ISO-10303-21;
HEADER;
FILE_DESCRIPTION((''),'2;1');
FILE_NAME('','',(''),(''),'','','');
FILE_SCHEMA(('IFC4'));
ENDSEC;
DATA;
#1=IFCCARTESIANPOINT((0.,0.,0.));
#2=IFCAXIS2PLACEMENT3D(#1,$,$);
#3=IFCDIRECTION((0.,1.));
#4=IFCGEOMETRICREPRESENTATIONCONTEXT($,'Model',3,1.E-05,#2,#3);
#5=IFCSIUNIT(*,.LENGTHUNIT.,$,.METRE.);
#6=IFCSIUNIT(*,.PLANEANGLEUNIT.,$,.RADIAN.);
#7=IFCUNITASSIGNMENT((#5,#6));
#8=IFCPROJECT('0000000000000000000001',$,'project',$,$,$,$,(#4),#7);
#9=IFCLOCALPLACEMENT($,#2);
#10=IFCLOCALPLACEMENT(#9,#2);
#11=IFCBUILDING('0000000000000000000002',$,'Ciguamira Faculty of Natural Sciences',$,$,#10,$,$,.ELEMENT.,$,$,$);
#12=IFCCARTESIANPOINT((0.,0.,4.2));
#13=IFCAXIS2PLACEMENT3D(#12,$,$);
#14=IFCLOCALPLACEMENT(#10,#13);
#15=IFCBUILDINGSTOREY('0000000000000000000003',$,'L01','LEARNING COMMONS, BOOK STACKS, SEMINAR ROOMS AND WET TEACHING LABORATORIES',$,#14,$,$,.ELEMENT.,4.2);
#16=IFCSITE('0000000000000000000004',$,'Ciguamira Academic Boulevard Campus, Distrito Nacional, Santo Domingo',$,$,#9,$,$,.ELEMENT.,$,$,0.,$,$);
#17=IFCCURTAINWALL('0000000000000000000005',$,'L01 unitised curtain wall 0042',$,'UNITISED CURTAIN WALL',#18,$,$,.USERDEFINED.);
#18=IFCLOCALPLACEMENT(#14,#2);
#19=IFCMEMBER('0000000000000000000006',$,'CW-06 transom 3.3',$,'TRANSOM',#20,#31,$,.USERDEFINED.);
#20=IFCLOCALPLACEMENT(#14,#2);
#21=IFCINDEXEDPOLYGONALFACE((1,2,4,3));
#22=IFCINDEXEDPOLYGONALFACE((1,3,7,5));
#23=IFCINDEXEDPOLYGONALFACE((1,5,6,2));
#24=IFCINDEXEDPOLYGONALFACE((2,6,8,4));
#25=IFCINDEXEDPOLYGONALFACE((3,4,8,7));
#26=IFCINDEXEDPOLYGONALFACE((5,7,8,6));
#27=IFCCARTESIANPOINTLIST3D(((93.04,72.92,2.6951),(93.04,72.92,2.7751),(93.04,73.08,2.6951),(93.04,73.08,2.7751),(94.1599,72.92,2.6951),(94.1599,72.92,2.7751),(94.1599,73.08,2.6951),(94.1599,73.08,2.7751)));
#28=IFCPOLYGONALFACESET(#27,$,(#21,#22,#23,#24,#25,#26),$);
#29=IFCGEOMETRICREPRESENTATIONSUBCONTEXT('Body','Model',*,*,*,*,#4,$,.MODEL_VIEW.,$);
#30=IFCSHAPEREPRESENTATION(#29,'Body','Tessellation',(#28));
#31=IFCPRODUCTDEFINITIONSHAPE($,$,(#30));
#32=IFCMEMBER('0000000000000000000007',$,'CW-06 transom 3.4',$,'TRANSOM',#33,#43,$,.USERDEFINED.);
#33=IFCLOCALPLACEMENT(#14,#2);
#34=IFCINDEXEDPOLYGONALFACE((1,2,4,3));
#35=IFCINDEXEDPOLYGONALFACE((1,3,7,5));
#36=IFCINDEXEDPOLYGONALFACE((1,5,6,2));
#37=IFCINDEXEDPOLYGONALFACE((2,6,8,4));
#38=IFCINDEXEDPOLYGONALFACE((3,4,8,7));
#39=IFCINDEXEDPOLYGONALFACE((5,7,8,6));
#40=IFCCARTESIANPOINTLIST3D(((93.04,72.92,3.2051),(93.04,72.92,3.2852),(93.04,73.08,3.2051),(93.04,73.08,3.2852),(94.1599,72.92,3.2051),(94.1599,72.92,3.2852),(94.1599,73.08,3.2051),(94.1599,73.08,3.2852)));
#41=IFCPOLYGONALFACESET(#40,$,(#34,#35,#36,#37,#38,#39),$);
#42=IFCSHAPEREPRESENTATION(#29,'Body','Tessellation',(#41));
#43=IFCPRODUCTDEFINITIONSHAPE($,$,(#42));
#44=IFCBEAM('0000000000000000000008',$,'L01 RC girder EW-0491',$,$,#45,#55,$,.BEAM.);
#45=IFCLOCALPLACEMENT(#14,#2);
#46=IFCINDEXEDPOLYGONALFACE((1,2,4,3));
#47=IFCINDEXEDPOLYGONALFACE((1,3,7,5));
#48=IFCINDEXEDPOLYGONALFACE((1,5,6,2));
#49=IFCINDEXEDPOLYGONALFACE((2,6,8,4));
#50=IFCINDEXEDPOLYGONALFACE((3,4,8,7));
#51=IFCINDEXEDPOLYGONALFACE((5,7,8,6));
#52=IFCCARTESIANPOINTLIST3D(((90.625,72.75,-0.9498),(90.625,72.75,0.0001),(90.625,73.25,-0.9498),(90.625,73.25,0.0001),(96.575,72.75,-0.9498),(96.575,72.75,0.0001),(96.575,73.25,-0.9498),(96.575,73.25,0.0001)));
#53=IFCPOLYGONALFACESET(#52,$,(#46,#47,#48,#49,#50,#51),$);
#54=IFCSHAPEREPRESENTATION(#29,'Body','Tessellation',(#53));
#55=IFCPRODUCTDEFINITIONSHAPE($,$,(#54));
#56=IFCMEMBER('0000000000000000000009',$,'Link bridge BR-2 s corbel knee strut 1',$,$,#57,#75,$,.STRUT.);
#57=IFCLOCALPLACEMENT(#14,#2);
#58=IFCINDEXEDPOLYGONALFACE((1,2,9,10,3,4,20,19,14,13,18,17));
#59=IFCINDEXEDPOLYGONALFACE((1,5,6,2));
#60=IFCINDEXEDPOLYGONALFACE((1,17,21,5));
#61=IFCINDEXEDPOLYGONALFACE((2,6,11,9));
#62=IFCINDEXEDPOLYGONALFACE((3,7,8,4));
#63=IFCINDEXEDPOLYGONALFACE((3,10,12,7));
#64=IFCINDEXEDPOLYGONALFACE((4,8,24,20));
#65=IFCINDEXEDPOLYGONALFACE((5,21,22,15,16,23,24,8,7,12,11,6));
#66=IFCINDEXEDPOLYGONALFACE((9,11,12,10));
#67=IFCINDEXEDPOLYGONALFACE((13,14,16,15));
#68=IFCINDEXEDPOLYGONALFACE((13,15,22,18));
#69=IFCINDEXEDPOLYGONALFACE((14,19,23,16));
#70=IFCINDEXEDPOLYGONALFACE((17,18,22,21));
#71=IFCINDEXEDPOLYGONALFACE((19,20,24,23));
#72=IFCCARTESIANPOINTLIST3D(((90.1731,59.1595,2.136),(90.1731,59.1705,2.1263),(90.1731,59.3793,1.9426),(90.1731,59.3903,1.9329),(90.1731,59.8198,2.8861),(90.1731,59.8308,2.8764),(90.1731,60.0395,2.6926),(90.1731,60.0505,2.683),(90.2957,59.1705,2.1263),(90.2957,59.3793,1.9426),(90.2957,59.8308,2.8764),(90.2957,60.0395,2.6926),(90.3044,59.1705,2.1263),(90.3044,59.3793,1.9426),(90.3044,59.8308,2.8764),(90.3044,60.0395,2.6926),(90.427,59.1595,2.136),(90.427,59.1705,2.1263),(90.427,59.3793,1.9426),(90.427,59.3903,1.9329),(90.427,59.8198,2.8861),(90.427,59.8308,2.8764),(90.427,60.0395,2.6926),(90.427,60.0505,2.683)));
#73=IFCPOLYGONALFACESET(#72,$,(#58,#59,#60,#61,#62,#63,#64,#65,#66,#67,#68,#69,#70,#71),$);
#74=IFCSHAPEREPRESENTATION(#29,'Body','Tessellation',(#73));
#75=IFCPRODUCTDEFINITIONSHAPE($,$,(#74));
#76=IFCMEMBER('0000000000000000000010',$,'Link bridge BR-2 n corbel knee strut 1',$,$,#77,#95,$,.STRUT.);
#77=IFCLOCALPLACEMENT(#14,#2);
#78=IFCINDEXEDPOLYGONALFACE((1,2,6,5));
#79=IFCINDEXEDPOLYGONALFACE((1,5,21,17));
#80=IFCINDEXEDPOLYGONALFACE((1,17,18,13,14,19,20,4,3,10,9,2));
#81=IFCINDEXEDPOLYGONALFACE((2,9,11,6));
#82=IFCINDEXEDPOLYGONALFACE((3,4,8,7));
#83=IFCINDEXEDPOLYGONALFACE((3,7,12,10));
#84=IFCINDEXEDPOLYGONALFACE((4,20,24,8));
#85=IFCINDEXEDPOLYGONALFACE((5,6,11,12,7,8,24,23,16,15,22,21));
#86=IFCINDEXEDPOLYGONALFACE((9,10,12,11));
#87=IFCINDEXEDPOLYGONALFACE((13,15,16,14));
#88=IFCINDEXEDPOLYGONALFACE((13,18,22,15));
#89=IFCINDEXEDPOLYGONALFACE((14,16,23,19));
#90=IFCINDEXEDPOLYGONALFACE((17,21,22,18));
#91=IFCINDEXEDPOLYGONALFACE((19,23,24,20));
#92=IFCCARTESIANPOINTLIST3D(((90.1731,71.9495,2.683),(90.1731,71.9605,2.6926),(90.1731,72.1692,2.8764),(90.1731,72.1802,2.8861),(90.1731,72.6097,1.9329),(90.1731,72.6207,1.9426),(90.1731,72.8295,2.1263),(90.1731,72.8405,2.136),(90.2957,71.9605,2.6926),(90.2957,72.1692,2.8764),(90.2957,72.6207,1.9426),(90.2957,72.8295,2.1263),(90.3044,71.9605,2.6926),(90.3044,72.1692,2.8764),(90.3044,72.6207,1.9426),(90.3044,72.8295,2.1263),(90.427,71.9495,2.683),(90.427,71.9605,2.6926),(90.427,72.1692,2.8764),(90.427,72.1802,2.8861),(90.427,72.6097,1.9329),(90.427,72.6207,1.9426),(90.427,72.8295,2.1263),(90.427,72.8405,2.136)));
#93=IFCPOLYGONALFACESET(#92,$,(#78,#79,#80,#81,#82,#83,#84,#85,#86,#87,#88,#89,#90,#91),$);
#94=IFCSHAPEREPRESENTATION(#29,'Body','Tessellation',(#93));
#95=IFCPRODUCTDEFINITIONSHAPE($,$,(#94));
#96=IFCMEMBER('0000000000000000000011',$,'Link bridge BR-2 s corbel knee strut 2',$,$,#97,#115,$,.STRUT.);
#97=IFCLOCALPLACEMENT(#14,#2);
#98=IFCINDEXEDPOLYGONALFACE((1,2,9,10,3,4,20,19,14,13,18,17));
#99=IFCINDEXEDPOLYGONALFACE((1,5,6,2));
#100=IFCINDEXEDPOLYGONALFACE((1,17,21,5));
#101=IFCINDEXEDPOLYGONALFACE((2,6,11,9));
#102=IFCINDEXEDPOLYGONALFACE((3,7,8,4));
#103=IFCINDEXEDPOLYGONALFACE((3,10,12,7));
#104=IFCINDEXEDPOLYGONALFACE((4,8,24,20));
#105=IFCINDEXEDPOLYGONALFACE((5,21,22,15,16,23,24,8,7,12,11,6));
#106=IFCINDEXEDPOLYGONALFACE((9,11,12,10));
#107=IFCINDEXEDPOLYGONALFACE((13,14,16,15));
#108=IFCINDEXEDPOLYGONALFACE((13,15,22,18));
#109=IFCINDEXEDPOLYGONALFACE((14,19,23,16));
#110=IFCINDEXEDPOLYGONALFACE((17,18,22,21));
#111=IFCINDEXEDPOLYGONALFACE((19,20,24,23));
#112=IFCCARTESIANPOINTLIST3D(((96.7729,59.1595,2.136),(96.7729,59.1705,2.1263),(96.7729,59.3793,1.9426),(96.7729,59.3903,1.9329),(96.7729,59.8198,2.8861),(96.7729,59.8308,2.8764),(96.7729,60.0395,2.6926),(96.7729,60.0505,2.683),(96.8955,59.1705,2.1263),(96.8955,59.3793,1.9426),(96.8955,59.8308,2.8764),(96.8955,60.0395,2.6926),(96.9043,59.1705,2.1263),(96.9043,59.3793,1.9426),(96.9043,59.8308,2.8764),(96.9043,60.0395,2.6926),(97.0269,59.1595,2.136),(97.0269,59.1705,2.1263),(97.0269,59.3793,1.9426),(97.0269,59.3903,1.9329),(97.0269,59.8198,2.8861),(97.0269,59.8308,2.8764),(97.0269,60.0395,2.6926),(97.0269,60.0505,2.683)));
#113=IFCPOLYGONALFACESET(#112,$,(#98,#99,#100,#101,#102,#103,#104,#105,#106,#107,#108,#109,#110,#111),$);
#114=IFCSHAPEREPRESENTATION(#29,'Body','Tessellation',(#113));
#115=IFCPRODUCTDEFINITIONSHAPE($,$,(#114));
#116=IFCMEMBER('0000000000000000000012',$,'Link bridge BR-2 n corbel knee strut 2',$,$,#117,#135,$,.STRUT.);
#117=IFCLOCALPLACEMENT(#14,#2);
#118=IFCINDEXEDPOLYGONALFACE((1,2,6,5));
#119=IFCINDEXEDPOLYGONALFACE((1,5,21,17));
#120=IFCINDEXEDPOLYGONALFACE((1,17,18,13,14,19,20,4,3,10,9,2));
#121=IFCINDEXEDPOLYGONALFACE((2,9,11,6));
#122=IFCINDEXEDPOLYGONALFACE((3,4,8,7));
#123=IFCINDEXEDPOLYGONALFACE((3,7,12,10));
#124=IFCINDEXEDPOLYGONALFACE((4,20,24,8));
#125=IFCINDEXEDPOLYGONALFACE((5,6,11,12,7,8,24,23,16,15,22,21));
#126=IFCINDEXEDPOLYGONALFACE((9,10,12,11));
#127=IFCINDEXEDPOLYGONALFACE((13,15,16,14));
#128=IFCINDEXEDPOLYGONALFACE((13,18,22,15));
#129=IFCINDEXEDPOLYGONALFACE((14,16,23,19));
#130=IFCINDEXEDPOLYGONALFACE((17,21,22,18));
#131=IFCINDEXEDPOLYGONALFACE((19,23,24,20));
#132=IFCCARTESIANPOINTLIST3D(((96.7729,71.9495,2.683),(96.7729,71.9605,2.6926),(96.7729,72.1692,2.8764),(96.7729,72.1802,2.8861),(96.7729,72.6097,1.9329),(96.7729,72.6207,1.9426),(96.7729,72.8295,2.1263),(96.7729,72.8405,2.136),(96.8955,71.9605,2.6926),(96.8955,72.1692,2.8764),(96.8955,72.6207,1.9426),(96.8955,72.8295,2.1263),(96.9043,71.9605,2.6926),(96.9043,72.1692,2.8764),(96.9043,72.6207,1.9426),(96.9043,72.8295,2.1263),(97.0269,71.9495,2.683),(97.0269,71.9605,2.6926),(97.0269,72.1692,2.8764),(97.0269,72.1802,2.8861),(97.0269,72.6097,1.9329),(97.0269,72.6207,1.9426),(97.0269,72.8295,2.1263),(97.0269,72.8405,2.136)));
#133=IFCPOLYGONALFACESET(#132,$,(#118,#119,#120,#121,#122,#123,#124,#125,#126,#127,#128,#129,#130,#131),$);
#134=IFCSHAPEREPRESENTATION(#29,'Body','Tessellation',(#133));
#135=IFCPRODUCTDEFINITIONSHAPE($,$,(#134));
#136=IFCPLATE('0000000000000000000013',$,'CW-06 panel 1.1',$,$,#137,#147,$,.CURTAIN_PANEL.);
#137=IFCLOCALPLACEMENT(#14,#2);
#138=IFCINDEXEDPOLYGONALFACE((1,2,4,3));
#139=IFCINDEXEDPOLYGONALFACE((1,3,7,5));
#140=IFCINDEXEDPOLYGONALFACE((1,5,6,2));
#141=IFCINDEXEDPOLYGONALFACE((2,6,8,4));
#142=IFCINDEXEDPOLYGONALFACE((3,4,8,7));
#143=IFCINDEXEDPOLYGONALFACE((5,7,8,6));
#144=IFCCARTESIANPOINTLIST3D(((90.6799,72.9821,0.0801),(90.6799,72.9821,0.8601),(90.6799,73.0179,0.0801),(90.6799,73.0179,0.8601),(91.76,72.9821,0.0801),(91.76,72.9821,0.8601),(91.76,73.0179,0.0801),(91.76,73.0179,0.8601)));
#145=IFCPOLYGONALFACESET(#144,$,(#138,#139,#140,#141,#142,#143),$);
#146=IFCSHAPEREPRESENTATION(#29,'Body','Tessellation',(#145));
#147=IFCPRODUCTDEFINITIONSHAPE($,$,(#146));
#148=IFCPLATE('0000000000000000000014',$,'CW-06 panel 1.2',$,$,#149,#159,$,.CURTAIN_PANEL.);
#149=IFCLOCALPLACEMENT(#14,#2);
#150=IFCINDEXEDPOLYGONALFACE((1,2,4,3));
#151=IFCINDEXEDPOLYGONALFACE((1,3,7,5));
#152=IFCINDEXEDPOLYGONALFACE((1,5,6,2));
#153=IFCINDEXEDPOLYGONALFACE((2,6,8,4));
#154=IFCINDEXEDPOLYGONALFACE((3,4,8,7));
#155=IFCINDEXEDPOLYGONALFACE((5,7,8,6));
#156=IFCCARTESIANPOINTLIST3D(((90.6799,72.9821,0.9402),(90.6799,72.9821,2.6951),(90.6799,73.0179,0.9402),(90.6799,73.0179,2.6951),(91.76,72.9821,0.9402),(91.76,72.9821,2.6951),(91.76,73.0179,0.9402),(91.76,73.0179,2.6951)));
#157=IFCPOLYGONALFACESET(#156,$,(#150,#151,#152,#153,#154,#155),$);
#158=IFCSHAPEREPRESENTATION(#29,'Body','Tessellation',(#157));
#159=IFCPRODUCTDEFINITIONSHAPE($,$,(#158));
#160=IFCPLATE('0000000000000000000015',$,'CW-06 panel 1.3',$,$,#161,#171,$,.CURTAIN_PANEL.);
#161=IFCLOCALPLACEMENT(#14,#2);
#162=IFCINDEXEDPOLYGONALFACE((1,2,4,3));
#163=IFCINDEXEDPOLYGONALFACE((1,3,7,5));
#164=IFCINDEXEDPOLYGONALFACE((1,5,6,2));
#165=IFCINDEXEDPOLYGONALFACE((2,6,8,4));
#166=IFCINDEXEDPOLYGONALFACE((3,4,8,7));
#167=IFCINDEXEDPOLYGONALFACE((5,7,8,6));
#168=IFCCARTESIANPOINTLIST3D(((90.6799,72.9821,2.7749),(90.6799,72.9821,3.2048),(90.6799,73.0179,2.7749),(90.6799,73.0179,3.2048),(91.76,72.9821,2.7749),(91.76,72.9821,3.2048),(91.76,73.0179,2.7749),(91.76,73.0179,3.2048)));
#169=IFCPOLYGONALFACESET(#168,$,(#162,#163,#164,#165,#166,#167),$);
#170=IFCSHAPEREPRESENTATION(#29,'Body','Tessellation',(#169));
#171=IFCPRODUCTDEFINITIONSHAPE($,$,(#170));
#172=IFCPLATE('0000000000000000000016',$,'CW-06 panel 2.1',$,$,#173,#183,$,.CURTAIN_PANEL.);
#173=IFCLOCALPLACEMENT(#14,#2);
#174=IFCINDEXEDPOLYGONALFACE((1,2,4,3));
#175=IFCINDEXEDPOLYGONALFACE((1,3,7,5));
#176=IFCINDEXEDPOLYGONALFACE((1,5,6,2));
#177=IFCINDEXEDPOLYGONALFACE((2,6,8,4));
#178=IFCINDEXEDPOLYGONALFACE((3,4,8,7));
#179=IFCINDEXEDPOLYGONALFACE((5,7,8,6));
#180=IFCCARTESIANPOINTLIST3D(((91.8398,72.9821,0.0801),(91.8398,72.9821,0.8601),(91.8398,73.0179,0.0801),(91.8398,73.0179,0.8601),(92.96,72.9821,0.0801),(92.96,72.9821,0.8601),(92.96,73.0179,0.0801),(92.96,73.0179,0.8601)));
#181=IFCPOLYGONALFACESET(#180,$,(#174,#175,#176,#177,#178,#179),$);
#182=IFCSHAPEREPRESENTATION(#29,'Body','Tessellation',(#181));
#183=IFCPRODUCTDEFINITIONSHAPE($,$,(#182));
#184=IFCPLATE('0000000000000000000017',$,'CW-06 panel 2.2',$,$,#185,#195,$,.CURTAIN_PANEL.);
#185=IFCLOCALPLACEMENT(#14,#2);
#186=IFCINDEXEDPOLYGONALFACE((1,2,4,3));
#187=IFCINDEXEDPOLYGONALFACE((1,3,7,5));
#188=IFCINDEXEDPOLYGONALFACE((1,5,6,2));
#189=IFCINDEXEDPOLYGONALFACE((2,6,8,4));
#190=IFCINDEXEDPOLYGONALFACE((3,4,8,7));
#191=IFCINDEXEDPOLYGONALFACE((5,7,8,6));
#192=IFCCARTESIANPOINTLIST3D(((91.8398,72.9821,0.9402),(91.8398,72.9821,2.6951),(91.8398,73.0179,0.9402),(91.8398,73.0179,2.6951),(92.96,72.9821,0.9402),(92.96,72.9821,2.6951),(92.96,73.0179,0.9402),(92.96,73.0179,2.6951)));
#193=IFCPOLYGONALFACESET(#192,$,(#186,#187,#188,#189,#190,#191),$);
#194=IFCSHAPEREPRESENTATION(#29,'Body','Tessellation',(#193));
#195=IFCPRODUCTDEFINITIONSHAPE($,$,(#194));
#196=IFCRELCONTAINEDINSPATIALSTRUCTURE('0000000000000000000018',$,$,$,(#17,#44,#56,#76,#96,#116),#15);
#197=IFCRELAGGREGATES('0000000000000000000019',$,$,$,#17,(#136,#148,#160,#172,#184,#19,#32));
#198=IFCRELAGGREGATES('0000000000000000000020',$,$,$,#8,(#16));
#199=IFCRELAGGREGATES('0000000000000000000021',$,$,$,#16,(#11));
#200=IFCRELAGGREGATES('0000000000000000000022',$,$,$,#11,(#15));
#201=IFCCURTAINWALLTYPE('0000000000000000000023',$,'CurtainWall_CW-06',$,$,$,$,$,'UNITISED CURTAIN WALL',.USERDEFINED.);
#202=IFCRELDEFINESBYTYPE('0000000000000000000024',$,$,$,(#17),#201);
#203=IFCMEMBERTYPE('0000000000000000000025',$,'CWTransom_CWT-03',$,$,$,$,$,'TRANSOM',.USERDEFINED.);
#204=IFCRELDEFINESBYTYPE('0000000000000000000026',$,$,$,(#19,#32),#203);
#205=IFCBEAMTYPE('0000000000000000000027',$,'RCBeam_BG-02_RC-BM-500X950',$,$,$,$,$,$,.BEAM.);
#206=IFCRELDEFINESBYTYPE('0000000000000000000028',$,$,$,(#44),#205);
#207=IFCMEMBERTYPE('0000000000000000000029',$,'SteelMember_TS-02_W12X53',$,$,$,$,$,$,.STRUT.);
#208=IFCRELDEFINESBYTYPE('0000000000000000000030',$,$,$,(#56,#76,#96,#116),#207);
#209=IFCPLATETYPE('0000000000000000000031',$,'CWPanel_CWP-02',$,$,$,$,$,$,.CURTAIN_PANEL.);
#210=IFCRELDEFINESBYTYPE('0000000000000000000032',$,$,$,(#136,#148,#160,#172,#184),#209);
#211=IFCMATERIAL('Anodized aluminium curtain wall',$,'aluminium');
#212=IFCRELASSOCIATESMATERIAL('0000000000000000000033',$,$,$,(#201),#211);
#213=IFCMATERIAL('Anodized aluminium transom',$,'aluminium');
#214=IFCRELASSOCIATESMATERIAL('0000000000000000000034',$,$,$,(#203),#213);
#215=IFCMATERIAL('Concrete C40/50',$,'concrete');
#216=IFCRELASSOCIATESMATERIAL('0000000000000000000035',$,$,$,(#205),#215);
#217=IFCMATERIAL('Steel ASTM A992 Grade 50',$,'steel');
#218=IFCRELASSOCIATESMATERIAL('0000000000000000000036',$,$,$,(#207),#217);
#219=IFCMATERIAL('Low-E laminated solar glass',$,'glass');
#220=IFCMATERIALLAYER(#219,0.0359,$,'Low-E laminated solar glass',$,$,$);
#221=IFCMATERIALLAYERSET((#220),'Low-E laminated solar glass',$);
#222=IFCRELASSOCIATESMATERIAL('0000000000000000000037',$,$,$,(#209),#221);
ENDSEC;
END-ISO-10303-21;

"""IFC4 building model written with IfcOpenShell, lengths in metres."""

from ifc_helpers import new_model, si_unit, direction, frame, origin, origin_2d, place, context, subcontext, project, spatial, rectangle, i_section, extrude, material, layer, layer_set, material_profile, profile_set, type_object, element, aggregate, save


model = new_model("IFC4")

# Units and contexts
model_context = context("Model", 3, precision=1e-05, world=origin(), true_north=direction((0.0, 1.0)))
body_context = subcontext(model_context, "Body", "Model", "MODEL_VIEW")
ifc_project = project(units=[si_unit("LENGTHUNIT", "METRE"), si_unit("PLANEANGLEUNIT", "RADIAN")], contexts=[model_context])

# Site, building, storey
site_placement = place(None, origin())
site = spatial("IfcSite", under=ifc_project, at=site_placement, Name="Ciguamira Academic Boulevard Campus, Distrito Nacional, Santo Domingo", CompositionType="ELEMENT", RefElevation=0.0)
building_placement = place(site_placement, origin())
building = spatial("IfcBuilding", under=site, at=building_placement, Name="Ciguamira Faculty of Natural Sciences", CompositionType="ELEMENT")
storey_placement = place(building_placement, frame((0.0, 0.0, 4.2)))
storey = spatial("IfcBuildingStorey", under=building, at=storey_placement, Name="L01", Description="LEARNING COMMONS, BOOK STACKS, SEMINAR ROOMS AND WET TEACHING LABORATORIES", CompositionType="ELEMENT", Elevation=4.2)

# Shared definitions
ifc_material_1 = material(Name="Concrete C40/50", Category="concrete")

# Curtain wall, members
ifc_material_2 = material(Name="Anodized aluminium curtain wall", Category="aluminium")
curtain_wall_type = type_object("IfcCurtainWallType", Name="CurtainWall_CW-06", ElementType="UNITISED CURTAIN WALL", PredefinedType="USERDEFINED", material=ifc_material_2)
curtain_wall_placement = place(storey_placement, origin())
curtain_wall = element("IfcCurtainWall", 1, at=curtain_wall_placement, inside=storey, type_object=curtain_wall_type, Name="L01 unitised curtain wall 0042", ObjectType="UNITISED CURTAIN WALL", PredefinedType="USERDEFINED")
ifc_material_3 = material(Name="Anodized aluminium transom", Category="aluminium")
ifc_material_profile_1 = material_profile(ifc_material_3, rectangle(XDim=0.0801, YDim=0.1599, at=origin_2d()), Name="ALU-TRN-80X160")
ifc_profile_set_1 = profile_set([ifc_material_profile_1], Name="Anodized aluminium transom")
member_type_1 = type_object("IfcMemberType", Name="CWTransom_CWT-03", ElementType="TRANSOM", PredefinedType="USERDEFINED", material=ifc_profile_set_1)
member_1_placement = place(storey_placement, frame((93.04, 73.0, 2.7351), z_axis=(1.0, 0.0, 0.0), x_axis=(0.0, 0.0, 1.0)))
member_1 = element("IfcMember", 2, at=member_1_placement, type_object=member_type_1, Name="CW-06 transom 3.3", ObjectType="TRANSOM", PredefinedType="USERDEFINED", context=body_context, shape_type="SweptSolid", body=[
    extrude(rectangle(XDim=0.0801, YDim=0.1599, at=origin_2d()), origin(), (0.0, 0.0, 1.0), 1.1199),
])
member_2_placement = place(storey_placement, frame((93.04, 73.0, 3.2451), z_axis=(1.0, 0.0, 0.0), x_axis=(0.0, 0.0, 1.0)))
member_2 = element("IfcMember", 3, at=member_2_placement, type_object=member_type_1, Name="CW-06 transom 3.4", ObjectType="TRANSOM", PredefinedType="USERDEFINED", context=body_context, shape_type="SweptSolid", body=[
    extrude(rectangle(XDim=0.0801, YDim=0.1599, at=origin_2d()), origin(), (0.0, 0.0, 1.0), 1.1199),
])

# Beam
ifc_material_profile_2 = material_profile(ifc_material_1, rectangle(XDim=0.5, YDim=0.95, at=origin_2d()), Name="RC-BM-500X950")
ifc_profile_set_2 = profile_set([ifc_material_profile_2], Name="Concrete C40/50")
beam_type = type_object("IfcBeamType", Name="RCBeam_BG-02_RC-BM-500X950", PredefinedType="BEAM", material=ifc_profile_set_2)
beam_placement = place(storey_placement, frame((90.625, 73.0, -0.4749), z_axis=(1.0, 0.0, 0.0), x_axis=(0.0, 1.0, 0.0)))
element("IfcBeam", 4, at=beam_placement, inside=storey, type_object=beam_type, Name="L01 RC girder EW-0491", PredefinedType="BEAM", context=body_context, shape_type="SweptSolid", body=[
    extrude(rectangle(XDim=0.5, YDim=0.95, at=origin_2d()), origin(), (0.0, 0.0, 1.0), 5.95),
])

# Members
ifc_material_4 = material(Name="Steel ASTM A992 Grade 50", Category="steel")
ifc_material_profile_3 = material_profile(ifc_material_4, i_section(OverallWidth=0.2539, OverallDepth=0.3074, WebThickness=0.0088, FlangeThickness=0.0146, at=origin_2d()), Name="W12X53")
ifc_profile_set_3 = profile_set([ifc_material_profile_3], Name="Steel ASTM A992 Grade 50")
member_type_2 = type_object("IfcMemberType", Name="SteelMember_TS-02_W12X53", PredefinedType="STRUT", material=ifc_profile_set_3)
for number, where, z_axis, x_axis, name in (
    (5, (90.3, 59.2749, 2.0344), (0.0, 0.660716, 0.750636), (-1.0, 0.0, 0.0), "Link bridge BR-2 s corbel knee strut 1"),
    (6, (90.3, 72.7251, 2.0344), (0.0, -0.660716, 0.750636), (1.0, 0.0, 0.0), "Link bridge BR-2 n corbel knee strut 1"),
    (7, (96.8999, 59.2749, 2.0344), (0.0, 0.660716, 0.750636), (-1.0, 0.0, 0.0), "Link bridge BR-2 s corbel knee strut 2"),
    (8, (96.8999, 72.7251, 2.0344), (0.0, -0.660716, 0.750636), (1.0, 0.0, 0.0), "Link bridge BR-2 n corbel knee strut 2"),
):
    element("IfcMember", number, at=place(storey_placement, frame(where, z_axis=z_axis, x_axis=x_axis)), inside=storey, type_object=member_type_2, Name=name, PredefinedType="STRUT", context=body_context, shape_type="SweptSolid", body=[
        extrude(i_section(OverallWidth=0.2539, OverallDepth=0.3074, WebThickness=0.0088, FlangeThickness=0.0146, at=origin_2d()), origin(), (0.0, 0.0, 1.0), 0.9993),
    ])

# Plates
ifc_material_5 = material(Name="Low-E laminated solar glass", Category="glass")
ifc_layer_1 = layer(ifc_material_5, 0.0359, Name="Low-E laminated solar glass")
ifc_layer_set_1 = layer_set([ifc_layer_1], Name="Low-E laminated solar glass")
plate_type_1 = type_object("IfcPlateType", Name="CWPanel_CWP-02", PredefinedType="CURTAIN_PANEL", material=ifc_layer_set_1)
plate_1_placement = place(storey_placement, frame((91.22, 73.0, 0.0801), z_axis=(0.0, 0.0, 1.0), x_axis=(1.0, 0.0, 0.0)))
plate_1 = element("IfcPlate", 9, at=plate_1_placement, type_object=plate_type_1, Name="CW-06 panel 1.1", PredefinedType="CURTAIN_PANEL", context=body_context, shape_type="SweptSolid", body=[
    extrude(rectangle(XDim=1.0801, YDim=0.0359, at=origin_2d()), origin(), (0.0, 0.0, 1.0), 0.78),
])
plate_2_placement = place(storey_placement, frame((91.22, 73.0, 0.9402), z_axis=(0.0, 0.0, 1.0), x_axis=(1.0, 0.0, 0.0)))
plate_2 = element("IfcPlate", 10, at=plate_2_placement, type_object=plate_type_1, Name="CW-06 panel 1.2", PredefinedType="CURTAIN_PANEL", context=body_context, shape_type="SweptSolid", body=[
    extrude(rectangle(XDim=1.0801, YDim=0.0359, at=origin_2d()), origin(), (0.0, 0.0, 1.0), 1.7549),
])
plate_3_placement = place(storey_placement, frame((91.22, 73.0, 2.7749), z_axis=(0.0, 0.0, 1.0), x_axis=(1.0, 0.0, 0.0)))
plate_3 = element("IfcPlate", 11, at=plate_3_placement, type_object=plate_type_1, Name="CW-06 panel 1.3", PredefinedType="CURTAIN_PANEL", context=body_context, shape_type="SweptSolid", body=[
    extrude(rectangle(XDim=1.0801, YDim=0.0359, at=origin_2d()), origin(), (0.0, 0.0, 1.0), 0.4299),
])
plate_4_placement = place(storey_placement, frame((92.3999, 73.0, 0.0801), z_axis=(0.0, 0.0, 1.0), x_axis=(1.0, 0.0, 0.0)))
plate_4 = element("IfcPlate", 12, at=plate_4_placement, type_object=plate_type_1, Name="CW-06 panel 2.1", PredefinedType="CURTAIN_PANEL", context=body_context, shape_type="SweptSolid", body=[
    extrude(rectangle(XDim=1.1201, YDim=0.0359, at=origin_2d()), origin(), (0.0, 0.0, 1.0), 0.78),
])
plate_5_placement = place(storey_placement, frame((92.3999, 73.0, 0.9402), z_axis=(0.0, 0.0, 1.0), x_axis=(1.0, 0.0, 0.0)))
plate_5 = element("IfcPlate", 13, at=plate_5_placement, type_object=plate_type_1, Name="CW-06 panel 2.2", PredefinedType="CURTAIN_PANEL", context=body_context, shape_type="SweptSolid", body=[
    extrude(rectangle(XDim=1.1201, YDim=0.0359, at=origin_2d()), origin(), (0.0, 0.0, 1.0), 1.7549),
])
aggregate(curtain_wall, [plate_1, plate_2, plate_3, plate_4, plate_5, member_1, member_2])

save(model, "model.ifc")
